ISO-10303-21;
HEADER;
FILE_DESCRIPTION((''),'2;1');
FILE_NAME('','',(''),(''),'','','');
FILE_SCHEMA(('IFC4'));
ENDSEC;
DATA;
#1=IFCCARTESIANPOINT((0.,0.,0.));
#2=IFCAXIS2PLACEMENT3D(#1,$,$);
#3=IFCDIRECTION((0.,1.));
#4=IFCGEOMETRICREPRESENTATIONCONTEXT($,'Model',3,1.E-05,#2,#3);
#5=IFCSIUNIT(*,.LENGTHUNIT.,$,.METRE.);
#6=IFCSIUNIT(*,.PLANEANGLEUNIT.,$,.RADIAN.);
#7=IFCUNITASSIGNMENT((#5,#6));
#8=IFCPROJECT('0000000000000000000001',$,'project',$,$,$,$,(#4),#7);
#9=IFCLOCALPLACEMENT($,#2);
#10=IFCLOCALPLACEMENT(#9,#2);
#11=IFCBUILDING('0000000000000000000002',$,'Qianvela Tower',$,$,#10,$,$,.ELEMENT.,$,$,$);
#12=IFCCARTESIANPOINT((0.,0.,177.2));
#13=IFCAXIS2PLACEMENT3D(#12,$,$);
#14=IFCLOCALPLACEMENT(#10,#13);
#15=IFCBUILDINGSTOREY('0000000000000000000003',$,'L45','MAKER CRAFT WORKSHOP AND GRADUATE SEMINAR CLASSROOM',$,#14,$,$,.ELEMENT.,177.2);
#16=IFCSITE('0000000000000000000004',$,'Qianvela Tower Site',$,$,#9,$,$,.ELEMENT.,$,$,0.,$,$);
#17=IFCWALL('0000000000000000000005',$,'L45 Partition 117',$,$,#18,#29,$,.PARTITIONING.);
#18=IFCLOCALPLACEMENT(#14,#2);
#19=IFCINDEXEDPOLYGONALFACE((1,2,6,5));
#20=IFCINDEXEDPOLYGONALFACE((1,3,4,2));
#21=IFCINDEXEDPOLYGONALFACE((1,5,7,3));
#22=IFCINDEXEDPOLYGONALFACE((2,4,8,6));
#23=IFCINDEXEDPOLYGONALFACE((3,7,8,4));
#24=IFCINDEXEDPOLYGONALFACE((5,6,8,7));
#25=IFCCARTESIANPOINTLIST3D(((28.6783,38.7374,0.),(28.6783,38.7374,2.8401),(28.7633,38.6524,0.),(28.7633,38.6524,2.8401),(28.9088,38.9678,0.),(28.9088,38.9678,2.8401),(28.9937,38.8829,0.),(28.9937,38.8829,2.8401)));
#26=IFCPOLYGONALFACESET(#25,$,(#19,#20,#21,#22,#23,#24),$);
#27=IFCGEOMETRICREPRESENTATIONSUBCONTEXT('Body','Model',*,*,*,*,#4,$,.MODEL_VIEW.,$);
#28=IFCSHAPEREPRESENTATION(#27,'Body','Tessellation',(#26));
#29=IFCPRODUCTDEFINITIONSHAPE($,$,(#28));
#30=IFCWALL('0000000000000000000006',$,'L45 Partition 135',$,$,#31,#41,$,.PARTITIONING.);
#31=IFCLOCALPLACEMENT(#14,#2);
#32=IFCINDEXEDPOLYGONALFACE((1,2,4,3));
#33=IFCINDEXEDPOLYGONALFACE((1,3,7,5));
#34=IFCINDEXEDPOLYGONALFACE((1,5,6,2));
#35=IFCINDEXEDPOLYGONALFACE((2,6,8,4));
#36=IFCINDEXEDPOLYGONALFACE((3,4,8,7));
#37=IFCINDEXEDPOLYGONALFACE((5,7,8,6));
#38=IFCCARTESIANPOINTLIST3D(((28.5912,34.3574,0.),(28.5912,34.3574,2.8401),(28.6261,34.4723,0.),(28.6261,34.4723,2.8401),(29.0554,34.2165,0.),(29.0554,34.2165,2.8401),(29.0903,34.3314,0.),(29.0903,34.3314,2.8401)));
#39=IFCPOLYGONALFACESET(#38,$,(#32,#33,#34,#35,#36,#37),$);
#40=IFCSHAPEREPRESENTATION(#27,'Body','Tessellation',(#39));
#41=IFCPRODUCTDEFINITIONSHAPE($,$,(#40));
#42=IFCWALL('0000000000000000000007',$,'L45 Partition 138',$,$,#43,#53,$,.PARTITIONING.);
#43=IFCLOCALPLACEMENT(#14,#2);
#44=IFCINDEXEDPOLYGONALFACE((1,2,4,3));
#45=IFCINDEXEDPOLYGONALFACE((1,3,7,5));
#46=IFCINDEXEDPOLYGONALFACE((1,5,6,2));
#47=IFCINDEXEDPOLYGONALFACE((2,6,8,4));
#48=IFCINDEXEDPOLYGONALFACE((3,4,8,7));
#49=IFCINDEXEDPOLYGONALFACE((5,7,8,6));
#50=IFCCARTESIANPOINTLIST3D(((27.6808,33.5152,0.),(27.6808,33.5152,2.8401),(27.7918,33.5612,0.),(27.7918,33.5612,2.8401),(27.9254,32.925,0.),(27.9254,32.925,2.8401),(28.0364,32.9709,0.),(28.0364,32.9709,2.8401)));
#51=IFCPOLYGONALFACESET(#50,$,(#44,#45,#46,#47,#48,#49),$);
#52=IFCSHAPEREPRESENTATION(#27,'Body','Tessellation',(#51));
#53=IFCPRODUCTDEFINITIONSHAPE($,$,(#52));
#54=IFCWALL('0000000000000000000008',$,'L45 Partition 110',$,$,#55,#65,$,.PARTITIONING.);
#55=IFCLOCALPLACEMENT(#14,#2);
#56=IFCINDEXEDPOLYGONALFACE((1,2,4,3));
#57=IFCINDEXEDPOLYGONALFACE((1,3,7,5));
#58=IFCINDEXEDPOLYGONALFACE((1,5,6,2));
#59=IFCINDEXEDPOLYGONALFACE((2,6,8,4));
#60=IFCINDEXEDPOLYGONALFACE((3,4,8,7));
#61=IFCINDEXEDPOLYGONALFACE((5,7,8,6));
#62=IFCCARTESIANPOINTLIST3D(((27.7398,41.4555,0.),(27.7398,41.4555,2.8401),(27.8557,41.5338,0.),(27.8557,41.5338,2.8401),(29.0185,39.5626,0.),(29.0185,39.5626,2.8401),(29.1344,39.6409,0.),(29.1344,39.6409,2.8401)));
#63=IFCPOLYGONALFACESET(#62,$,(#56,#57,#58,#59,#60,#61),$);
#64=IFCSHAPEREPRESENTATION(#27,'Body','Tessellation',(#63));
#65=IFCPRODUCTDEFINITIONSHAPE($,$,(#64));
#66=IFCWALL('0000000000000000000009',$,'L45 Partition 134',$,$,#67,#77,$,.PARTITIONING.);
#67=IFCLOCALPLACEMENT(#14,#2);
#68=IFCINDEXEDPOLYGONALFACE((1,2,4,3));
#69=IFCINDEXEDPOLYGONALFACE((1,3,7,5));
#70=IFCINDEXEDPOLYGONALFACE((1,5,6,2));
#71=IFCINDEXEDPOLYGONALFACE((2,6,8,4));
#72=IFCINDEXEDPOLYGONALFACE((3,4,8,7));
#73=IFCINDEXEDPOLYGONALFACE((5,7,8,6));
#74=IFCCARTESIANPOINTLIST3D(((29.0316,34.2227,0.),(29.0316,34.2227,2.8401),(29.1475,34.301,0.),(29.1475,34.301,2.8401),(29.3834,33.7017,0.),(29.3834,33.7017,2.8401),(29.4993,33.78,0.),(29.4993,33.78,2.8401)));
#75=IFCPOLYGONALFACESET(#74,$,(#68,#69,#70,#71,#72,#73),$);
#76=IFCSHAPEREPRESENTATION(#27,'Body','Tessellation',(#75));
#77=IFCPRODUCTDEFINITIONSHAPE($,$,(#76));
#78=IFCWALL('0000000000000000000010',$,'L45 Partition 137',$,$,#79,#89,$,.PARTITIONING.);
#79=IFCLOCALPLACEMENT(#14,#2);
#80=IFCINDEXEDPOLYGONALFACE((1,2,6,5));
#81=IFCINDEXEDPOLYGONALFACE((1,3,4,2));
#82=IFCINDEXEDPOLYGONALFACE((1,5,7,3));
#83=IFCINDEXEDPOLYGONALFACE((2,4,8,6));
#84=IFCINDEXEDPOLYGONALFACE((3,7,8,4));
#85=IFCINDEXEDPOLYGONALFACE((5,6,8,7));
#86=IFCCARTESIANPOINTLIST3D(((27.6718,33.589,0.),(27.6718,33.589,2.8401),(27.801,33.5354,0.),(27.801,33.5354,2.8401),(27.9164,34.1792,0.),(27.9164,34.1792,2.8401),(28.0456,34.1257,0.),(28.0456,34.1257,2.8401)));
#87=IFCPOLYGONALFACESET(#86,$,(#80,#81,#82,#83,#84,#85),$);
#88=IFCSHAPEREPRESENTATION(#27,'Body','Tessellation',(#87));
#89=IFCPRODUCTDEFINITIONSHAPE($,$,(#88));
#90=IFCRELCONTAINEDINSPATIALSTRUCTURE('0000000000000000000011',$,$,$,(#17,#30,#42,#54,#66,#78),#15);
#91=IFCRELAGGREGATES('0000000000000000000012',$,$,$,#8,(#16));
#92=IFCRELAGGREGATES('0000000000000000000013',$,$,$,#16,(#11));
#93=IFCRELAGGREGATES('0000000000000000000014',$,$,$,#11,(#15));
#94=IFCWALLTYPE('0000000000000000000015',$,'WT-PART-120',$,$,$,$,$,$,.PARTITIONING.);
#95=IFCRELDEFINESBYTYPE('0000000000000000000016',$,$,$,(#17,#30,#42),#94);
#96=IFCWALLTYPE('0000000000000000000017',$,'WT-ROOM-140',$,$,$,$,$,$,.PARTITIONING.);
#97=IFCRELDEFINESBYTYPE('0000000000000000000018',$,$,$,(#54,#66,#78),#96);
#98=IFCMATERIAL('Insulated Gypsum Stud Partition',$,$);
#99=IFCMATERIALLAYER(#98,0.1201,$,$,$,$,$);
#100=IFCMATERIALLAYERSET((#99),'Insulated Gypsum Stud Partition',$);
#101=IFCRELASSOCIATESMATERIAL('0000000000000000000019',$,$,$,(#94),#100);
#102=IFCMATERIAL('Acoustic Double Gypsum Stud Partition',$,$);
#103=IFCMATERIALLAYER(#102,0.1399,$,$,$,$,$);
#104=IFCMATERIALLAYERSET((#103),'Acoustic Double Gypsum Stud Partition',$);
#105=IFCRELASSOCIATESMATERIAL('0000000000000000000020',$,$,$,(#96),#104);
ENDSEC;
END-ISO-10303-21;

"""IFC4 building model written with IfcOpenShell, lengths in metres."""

from ifc_helpers import new_model, si_unit, direction, frame, frame_2d, origin, place, context, subcontext, project, spatial, rectangle, extrude, material, layer, layer_set, type_object, element, save


model = new_model("IFC4")

# Units and contexts
model_context = context("Model", 3, precision=1e-05, world=origin(), true_north=direction((0.0, 1.0)))
body_context = subcontext(model_context, "Body", "Model", "MODEL_VIEW")
ifc_project = project(units=[si_unit("LENGTHUNIT", "METRE"), si_unit("PLANEANGLEUNIT", "RADIAN")], contexts=[model_context])

# Site, building, storey
site_placement = place(None, origin())
site = spatial("IfcSite", under=ifc_project, at=site_placement, Name="Qianvela Tower Site", CompositionType="ELEMENT", RefElevation=0.0)
building_placement = place(site_placement, origin())
building = spatial("IfcBuilding", under=site, at=building_placement, Name="Qianvela Tower", CompositionType="ELEMENT")
storey_placement = place(building_placement, frame((0.0, 0.0, 177.2)))
storey = spatial("IfcBuildingStorey", under=building, at=storey_placement, Name="L45", Description="MAKER CRAFT WORKSHOP AND GRADUATE SEMINAR CLASSROOM", CompositionType="ELEMENT", Elevation=177.2)

# Walls
ifc_material_1 = material(Name="Insulated Gypsum Stud Partition")
ifc_layer_1 = layer(ifc_material_1, 0.1201)
ifc_layer_set_1 = layer_set([ifc_layer_1], Name="Insulated Gypsum Stud Partition")
wall_type_1 = type_object("IfcWallType", Name="WT-PART-120", PredefinedType="PARTITIONING", material=ifc_layer_set_1)
wall_1_placement = place(storey_placement, frame((28.7207, 38.6948, 0.0), z_axis=(0.0, 0.0, 1.0), x_axis=(0.707107, 0.707107, 0.0)))
element("IfcWall", 1, at=wall_1_placement, inside=storey, type_object=wall_type_1, Name="L45 Partition 117", PredefinedType="PARTITIONING", context=body_context, shape_type="SweptSolid", body=[
    extrude(rectangle(XDim=0.3259, YDim=0.1201, at=frame_2d((0.1631, 0.0))), origin(), (0.0, 0.0, 1.0), 2.8401),
])
wall_2_placement = place(storey_placement, frame((29.073, 34.2739, 0.0), z_axis=(0.0, 0.0, 1.0), x_axis=(-0.956893, 0.29044, 0.0)))
element("IfcWall", 2, at=wall_2_placement, inside=storey, type_object=wall_type_1, Name="L45 Partition 135", PredefinedType="PARTITIONING", context=body_context, shape_type="SweptSolid", body=[
    extrude(rectangle(XDim=0.4851, YDim=0.1201, at=frame_2d((0.2427, 0.0))), origin(), (0.0, 0.0, 1.0), 2.8401),
])
wall_3_placement = place(storey_placement, frame((27.7363, 33.5381, 0.0), z_axis=(0.0, 0.0, 1.0), x_axis=(0.382824, -0.923821, 0.0)))
element("IfcWall", 3, at=wall_3_placement, inside=storey, type_object=wall_type_1, Name="L45 Partition 138", PredefinedType="PARTITIONING", context=body_context, shape_type="SweptSolid", body=[
    extrude(rectangle(XDim=0.6389, YDim=0.1201, at=frame_2d((0.3193, 0.0))), origin(), (0.0, 0.0, 1.0), 2.8401),
])
ifc_material_2 = material(Name="Acoustic Double Gypsum Stud Partition")
ifc_layer_2 = layer(ifc_material_2, 0.1399)
ifc_layer_set_2 = layer_set([ifc_layer_2], Name="Acoustic Double Gypsum Stud Partition")
wall_type_2 = type_object("IfcWallType", Name="WT-ROOM-140", PredefinedType="PARTITIONING", material=ifc_layer_set_2)
wall_4_placement = place(storey_placement, frame((29.0764, 39.6018, 0.0), z_axis=(0.0, 0.0, 1.0), x_axis=(-0.55977, 0.828648, 0.0)))
element("IfcWall", 4, at=wall_4_placement, inside=storey, type_object=wall_type_2, Name="L45 Partition 110", PredefinedType="PARTITIONING", context=body_context, shape_type="SweptSolid", body=[
    extrude(rectangle(XDim=2.2844, YDim=0.1399, at=frame_2d((1.1421, 0.0))), origin(), (0.0, 0.0, 1.0), 2.8401),
])
wall_5_placement = place(storey_placement, frame((29.4414, 33.7407, 0.0), z_axis=(0.0, 0.0, 1.0), x_axis=(-0.55962, 0.82875, 0.0)))
element("IfcWall", 5, at=wall_5_placement, inside=storey, type_object=wall_type_2, Name="L45 Partition 134", PredefinedType="PARTITIONING", context=body_context, shape_type="SweptSolid", body=[
    extrude(rectangle(XDim=0.6287, YDim=0.1399, at=frame_2d((0.3145, 0.0))), origin(), (0.0, 0.0, 1.0), 2.8401),
])
wall_6_placement = place(storey_placement, frame((27.981, 34.1523, 0.0), z_axis=(0.0, 0.0, 1.0), x_axis=(-0.382824, -0.923821, 0.0)))
element("IfcWall", 6, at=wall_6_placement, inside=storey, type_object=wall_type_2, Name="L45 Partition 137", PredefinedType="PARTITIONING", context=body_context, shape_type="SweptSolid", body=[
    extrude(rectangle(XDim=0.6389, YDim=0.1399, at=frame_2d((0.3193, 0.0))), origin(), (0.0, 0.0, 1.0), 2.8401),
])

save(model, "model.ifc")
